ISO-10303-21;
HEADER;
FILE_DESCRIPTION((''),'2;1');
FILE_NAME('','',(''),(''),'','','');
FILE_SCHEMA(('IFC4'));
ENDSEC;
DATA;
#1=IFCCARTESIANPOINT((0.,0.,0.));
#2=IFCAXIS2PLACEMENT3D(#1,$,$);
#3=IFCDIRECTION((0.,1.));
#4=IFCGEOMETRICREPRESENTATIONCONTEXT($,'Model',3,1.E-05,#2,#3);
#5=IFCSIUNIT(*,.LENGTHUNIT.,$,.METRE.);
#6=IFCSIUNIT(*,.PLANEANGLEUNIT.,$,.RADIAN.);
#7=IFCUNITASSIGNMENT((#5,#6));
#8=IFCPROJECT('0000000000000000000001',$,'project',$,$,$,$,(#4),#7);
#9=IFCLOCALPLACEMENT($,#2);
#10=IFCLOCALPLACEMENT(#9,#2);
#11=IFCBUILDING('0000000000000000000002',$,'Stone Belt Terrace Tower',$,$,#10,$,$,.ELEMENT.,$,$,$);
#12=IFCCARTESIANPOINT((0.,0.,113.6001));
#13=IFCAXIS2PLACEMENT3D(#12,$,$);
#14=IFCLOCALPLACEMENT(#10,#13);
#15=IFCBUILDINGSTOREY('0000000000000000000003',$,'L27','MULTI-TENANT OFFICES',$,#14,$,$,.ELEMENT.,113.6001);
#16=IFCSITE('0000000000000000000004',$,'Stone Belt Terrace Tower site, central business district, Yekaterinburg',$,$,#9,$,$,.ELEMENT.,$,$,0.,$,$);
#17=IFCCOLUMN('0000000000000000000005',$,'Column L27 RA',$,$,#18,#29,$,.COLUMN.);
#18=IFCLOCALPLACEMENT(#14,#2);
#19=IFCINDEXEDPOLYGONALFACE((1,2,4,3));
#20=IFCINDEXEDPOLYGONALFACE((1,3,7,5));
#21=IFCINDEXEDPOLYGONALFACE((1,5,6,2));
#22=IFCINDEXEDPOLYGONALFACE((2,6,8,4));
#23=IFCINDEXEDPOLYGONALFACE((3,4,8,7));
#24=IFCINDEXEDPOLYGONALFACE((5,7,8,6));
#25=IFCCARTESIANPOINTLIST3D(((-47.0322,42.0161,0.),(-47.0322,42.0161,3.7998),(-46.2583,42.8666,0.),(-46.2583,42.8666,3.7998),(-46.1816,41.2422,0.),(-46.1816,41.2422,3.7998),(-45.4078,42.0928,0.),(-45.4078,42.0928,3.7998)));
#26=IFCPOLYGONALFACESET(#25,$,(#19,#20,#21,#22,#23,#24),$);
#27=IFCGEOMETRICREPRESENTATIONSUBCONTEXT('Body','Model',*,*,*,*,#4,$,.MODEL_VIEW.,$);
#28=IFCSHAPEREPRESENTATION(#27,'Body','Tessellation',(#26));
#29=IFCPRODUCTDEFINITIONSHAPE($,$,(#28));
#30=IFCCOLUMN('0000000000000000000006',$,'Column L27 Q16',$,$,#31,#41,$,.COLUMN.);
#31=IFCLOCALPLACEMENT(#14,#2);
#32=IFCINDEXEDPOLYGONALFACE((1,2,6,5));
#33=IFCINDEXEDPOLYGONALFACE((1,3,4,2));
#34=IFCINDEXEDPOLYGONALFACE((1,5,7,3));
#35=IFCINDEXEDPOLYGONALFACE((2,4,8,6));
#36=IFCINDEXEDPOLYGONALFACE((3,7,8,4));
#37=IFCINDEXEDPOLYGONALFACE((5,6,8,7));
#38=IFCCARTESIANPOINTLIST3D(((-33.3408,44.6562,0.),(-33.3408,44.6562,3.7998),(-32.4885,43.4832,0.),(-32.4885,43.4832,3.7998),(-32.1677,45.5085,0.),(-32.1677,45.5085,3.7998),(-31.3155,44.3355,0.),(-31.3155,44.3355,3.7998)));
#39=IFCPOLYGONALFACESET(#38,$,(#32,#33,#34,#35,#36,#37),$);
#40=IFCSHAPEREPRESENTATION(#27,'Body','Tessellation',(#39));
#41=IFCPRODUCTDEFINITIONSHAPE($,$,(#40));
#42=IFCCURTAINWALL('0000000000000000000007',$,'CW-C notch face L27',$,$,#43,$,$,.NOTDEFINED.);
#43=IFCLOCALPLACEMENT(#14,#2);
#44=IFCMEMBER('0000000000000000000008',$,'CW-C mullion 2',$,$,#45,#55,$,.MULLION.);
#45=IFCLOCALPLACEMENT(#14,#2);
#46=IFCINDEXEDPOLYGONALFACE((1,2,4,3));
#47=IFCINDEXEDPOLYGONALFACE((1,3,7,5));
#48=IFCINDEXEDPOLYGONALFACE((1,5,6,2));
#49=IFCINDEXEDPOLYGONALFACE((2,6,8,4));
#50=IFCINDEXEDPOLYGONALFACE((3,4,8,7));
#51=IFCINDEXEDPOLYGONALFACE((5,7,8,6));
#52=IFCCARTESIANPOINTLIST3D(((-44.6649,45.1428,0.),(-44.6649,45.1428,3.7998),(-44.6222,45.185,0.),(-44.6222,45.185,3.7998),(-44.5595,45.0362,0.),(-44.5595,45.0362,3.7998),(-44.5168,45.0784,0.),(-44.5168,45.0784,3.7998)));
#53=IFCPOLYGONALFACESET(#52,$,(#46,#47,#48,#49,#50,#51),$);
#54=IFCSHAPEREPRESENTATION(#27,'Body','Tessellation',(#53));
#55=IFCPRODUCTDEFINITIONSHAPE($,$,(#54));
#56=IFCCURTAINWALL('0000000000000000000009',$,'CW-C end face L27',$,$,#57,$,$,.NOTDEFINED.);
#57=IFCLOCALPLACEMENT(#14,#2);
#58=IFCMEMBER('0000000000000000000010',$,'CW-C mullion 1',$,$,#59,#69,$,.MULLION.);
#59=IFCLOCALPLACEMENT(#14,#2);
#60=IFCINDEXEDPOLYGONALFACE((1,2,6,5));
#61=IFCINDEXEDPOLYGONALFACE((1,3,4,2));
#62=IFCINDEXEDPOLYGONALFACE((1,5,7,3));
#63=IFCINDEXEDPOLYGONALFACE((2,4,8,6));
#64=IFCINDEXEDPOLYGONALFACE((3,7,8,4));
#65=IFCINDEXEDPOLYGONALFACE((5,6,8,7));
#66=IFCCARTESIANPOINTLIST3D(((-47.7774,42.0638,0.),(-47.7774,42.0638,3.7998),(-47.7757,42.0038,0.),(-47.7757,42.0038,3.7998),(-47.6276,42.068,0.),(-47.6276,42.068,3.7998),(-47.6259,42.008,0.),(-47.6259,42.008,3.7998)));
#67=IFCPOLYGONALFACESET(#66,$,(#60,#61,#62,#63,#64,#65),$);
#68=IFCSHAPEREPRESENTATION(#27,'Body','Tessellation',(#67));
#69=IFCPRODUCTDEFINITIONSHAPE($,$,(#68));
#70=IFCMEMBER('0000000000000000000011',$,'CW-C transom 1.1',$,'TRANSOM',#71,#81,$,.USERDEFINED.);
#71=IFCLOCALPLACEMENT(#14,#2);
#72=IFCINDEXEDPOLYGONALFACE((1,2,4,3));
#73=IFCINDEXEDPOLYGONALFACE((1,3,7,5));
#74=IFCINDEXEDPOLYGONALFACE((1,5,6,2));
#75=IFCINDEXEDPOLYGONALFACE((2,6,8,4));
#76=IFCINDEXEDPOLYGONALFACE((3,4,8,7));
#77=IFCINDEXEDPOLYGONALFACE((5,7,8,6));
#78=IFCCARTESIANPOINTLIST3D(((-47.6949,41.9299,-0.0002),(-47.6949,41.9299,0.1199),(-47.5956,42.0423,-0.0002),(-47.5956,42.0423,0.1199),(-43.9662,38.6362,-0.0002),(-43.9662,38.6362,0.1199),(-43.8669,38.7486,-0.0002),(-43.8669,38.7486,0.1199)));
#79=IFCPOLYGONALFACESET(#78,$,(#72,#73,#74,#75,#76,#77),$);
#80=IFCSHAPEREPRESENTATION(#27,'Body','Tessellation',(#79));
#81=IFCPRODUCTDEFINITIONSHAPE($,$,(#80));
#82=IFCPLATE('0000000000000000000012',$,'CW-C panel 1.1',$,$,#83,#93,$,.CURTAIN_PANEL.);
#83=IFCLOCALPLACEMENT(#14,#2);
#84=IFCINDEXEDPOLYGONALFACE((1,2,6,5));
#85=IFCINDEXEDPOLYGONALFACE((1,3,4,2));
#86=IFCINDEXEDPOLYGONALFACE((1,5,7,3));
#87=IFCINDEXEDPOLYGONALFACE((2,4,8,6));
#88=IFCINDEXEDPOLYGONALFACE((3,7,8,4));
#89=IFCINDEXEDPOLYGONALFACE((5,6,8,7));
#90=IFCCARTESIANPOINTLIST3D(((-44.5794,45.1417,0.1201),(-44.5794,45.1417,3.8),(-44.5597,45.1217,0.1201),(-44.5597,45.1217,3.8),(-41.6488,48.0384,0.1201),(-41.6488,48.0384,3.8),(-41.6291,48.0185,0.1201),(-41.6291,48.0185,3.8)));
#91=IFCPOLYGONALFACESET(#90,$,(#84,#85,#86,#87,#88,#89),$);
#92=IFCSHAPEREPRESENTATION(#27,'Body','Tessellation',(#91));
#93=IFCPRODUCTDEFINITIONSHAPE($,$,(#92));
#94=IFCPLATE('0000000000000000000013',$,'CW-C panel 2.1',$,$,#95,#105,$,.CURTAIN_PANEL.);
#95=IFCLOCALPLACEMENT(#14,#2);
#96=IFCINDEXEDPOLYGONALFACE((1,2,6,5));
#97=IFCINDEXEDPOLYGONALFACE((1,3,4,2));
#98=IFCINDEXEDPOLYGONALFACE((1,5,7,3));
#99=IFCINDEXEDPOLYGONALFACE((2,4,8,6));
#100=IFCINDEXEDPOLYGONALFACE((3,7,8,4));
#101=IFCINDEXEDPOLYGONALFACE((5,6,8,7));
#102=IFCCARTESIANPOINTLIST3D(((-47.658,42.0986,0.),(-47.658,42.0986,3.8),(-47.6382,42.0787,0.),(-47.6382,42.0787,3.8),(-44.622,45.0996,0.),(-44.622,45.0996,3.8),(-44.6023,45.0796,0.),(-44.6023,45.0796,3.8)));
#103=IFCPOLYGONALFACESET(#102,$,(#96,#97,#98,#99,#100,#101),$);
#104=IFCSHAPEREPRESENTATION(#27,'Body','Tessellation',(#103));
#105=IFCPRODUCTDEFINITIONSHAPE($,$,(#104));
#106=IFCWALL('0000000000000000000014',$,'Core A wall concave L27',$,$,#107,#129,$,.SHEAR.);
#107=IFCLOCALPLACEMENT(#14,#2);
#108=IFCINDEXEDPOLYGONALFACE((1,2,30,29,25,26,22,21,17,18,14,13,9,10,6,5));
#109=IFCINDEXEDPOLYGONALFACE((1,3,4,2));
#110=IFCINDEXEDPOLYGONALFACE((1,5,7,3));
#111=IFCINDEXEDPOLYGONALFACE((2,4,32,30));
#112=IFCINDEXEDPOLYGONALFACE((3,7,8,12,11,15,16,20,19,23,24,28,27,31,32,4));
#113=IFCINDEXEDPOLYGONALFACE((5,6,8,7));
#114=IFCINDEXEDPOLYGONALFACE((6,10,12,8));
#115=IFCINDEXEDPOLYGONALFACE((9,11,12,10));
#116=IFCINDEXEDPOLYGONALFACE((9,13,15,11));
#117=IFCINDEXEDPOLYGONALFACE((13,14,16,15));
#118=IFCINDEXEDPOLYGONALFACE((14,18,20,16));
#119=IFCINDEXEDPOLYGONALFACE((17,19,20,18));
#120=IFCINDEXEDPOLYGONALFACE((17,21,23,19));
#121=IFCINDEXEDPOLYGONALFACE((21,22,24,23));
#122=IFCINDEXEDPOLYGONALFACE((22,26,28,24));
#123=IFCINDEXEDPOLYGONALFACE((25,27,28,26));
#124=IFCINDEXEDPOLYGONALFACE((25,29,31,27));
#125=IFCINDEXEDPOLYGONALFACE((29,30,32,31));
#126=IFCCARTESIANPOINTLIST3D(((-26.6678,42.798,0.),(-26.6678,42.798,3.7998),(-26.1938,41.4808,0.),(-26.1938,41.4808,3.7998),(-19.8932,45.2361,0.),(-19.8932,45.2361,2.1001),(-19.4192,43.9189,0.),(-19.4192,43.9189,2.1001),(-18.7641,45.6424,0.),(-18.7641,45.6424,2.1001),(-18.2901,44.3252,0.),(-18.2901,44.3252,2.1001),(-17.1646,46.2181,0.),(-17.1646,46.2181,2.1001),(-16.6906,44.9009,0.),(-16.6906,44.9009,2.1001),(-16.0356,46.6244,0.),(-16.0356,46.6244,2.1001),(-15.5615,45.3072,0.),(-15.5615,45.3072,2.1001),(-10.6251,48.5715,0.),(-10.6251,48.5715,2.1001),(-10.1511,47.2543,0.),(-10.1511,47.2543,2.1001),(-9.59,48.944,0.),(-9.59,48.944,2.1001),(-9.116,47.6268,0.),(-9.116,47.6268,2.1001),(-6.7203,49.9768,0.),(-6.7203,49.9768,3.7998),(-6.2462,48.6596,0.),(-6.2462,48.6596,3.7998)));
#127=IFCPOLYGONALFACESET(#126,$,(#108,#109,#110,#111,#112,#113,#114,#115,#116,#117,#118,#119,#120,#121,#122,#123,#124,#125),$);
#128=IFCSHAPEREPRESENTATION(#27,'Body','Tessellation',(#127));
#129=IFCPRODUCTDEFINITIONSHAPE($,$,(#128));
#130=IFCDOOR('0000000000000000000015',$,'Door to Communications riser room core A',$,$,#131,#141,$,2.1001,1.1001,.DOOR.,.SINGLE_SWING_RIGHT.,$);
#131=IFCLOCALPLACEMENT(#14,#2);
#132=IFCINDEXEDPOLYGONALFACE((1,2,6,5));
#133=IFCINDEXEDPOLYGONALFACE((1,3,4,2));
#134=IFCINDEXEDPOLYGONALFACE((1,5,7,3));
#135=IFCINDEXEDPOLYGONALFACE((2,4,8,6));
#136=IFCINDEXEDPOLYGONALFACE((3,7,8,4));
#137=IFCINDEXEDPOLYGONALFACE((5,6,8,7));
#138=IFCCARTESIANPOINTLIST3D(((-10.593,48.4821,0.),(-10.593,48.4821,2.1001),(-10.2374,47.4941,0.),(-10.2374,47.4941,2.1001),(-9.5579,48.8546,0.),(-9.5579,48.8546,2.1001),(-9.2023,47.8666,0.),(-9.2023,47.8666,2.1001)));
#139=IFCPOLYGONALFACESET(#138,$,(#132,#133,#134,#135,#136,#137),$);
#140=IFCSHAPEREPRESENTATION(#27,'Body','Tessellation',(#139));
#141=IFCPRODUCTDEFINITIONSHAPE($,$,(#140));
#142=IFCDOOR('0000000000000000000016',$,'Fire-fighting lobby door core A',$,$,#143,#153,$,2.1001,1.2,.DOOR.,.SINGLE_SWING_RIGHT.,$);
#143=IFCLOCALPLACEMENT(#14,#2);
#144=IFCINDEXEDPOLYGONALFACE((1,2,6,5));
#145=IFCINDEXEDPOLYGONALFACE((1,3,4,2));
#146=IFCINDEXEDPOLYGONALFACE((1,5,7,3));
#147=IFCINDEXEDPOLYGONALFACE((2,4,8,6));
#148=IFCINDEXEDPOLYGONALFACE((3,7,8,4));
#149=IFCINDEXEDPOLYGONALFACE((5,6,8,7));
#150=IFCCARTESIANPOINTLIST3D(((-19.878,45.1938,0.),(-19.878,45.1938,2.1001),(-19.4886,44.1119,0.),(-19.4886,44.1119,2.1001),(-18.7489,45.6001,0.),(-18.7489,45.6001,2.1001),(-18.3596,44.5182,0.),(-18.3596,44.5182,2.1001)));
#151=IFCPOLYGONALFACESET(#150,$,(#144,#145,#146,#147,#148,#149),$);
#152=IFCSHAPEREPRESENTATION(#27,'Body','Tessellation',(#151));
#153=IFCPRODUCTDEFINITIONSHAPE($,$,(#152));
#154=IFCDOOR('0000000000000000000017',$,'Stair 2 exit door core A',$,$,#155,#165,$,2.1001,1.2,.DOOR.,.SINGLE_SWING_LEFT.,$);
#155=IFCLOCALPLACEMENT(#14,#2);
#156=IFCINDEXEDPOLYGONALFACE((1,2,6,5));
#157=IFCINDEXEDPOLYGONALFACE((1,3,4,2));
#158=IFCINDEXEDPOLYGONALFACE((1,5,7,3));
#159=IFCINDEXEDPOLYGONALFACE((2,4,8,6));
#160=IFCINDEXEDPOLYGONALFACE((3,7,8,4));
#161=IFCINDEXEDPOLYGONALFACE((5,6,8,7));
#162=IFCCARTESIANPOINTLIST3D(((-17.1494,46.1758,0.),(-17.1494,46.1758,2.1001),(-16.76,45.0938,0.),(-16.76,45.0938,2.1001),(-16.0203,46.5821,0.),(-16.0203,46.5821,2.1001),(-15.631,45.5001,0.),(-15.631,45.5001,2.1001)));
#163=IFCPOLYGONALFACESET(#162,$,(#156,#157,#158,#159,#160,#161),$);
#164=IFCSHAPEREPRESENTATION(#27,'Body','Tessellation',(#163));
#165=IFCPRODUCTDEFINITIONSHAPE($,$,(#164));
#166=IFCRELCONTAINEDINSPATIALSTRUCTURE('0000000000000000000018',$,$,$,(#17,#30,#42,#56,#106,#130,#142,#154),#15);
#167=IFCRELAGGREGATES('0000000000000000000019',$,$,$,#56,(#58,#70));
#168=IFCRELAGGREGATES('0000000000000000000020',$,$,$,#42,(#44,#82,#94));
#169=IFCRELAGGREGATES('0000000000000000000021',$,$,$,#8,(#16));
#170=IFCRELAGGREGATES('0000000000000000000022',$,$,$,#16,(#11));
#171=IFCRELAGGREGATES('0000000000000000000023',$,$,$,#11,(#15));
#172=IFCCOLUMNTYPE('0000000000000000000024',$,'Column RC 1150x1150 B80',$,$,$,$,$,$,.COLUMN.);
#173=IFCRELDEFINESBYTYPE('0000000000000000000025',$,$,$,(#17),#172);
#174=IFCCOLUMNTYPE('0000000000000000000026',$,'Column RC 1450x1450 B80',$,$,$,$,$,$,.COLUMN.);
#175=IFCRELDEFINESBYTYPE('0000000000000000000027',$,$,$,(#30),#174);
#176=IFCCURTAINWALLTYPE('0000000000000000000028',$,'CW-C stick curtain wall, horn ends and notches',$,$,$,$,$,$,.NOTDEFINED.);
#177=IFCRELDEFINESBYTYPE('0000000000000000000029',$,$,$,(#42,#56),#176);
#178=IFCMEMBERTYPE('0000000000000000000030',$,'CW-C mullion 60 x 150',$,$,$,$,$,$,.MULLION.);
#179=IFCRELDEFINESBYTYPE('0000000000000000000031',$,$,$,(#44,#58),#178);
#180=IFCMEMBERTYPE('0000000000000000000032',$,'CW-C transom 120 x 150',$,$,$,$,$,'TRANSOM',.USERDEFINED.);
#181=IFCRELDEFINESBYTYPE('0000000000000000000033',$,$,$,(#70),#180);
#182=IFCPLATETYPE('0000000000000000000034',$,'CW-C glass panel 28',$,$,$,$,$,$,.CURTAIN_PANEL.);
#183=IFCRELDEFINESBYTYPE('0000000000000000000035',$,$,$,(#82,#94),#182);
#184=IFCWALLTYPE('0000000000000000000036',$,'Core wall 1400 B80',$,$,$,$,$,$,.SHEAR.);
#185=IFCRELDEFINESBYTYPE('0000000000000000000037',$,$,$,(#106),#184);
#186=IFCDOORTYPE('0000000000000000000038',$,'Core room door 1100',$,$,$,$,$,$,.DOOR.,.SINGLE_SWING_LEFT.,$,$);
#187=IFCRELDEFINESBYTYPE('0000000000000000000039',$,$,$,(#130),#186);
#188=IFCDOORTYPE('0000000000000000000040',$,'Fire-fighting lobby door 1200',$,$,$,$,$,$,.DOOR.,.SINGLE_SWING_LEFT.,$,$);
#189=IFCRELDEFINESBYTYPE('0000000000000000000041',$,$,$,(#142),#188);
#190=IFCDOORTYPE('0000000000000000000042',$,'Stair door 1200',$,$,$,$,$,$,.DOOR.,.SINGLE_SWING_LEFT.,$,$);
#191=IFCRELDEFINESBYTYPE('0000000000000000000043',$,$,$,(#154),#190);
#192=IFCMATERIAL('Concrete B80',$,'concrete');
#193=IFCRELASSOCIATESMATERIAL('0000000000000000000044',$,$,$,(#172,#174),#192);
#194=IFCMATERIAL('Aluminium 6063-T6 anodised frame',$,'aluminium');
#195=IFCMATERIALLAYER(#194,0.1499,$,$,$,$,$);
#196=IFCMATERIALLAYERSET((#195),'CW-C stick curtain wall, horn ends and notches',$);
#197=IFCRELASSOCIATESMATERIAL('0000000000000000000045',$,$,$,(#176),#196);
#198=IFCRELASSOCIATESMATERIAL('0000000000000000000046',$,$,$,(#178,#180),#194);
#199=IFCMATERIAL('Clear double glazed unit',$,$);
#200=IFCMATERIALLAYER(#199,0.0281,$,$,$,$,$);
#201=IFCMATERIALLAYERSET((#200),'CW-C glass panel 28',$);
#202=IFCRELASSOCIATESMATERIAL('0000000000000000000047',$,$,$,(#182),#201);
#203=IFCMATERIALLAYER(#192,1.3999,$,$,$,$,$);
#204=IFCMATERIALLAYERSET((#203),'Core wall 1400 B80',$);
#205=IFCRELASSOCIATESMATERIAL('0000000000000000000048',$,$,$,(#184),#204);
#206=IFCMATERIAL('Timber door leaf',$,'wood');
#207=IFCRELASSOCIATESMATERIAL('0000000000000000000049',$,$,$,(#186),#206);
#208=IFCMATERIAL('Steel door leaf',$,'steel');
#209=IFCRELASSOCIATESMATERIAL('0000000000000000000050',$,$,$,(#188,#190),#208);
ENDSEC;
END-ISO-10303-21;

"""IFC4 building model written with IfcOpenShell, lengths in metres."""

from ifc_helpers import new_model, si_unit, direction, frame, frame_2d, origin, origin_2d, place, context, subcontext, project, spatial, rectangle, extrude, material, layer, layer_set, material_profile, profile_set, type_object, element, fill, aggregate, save


model = new_model("IFC4")

# Units and contexts
model_context = context("Model", 3, precision=1e-05, world=origin(), true_north=direction((0.0, 1.0)))
body_context = subcontext(model_context, "Body", "Model", "MODEL_VIEW")
ifc_project = project(units=[si_unit("LENGTHUNIT", "METRE"), si_unit("PLANEANGLEUNIT", "RADIAN")], contexts=[model_context])

# Site, building, storey
site_placement = place(None, origin())
site = spatial("IfcSite", under=ifc_project, at=site_placement, Name="Stone Belt Terrace Tower site, central business district, Yekaterinburg", CompositionType="ELEMENT", RefElevation=0.0)
building_placement = place(site_placement, origin())
building = spatial("IfcBuilding", under=site, at=building_placement, Name="Stone Belt Terrace Tower", CompositionType="ELEMENT")
storey_placement = place(building_placement, frame((0.0, 0.0, 113.6001)))
storey = spatial("IfcBuildingStorey", under=building, at=storey_placement, Name="L27", Description="MULTI-TENANT OFFICES", CompositionType="ELEMENT", Elevation=113.6001)

# Columns
ifc_material_1 = material(Name="Concrete B80", Category="concrete")
ifc_material_profile_1 = material_profile(ifc_material_1, rectangle(XDim=1.1499, YDim=1.1499, at=origin_2d()), Name="RC 1150x1150")
ifc_profile_set_1 = profile_set([ifc_material_profile_1], Name="Concrete B80")
column_type_1 = type_object("IfcColumnType", Name="Column RC 1150x1150 B80", PredefinedType="COLUMN", material=ifc_profile_set_1)
column_1_placement = place(storey_placement, frame((-46.22, 42.0544, 0.0), z_axis=(0.0, 0.0, 1.0), x_axis=(0.672992, 0.73965, 0.0)))
element("IfcColumn", 1, at=column_1_placement, inside=storey, type_object=column_type_1, Name="Column L27 RA", PredefinedType="COLUMN", context=body_context, shape_type="SweptSolid", body=[
    extrude(rectangle(XDim=1.1499, YDim=1.1499, at=origin_2d()), origin(), (0.0, 0.0, 1.0), 3.7998),
])
ifc_material_profile_2 = material_profile(ifc_material_1, rectangle(XDim=1.45, YDim=1.45, at=origin_2d()), Name="RC 1450x1450")
ifc_profile_set_2 = profile_set([ifc_material_profile_2], Name="Concrete B80")
column_type_2 = type_object("IfcColumnType", Name="Column RC 1450x1450 B80", PredefinedType="COLUMN", material=ifc_profile_set_2)
column_2_placement = place(storey_placement, frame((-32.3281, 44.4958, 0.0), z_axis=(0.0, 0.0, 1.0), x_axis=(0.809017, 0.587785, 0.0)))
element("IfcColumn", 2, at=column_2_placement, inside=storey, type_object=column_type_2, Name="Column L27 Q16", PredefinedType="COLUMN", context=body_context, shape_type="SweptSolid", body=[
    extrude(rectangle(XDim=1.45, YDim=1.45, at=origin_2d()), origin(), (0.0, 0.0, 1.0), 3.7998),
])

# Curtain wall, member
ifc_material_2 = material(Name="Aluminium 6063-T6 anodised frame", Category="aluminium")
ifc_layer_1 = layer(ifc_material_2, 0.1499)
ifc_layer_set_1 = layer_set([ifc_layer_1], Name="CW-C stick curtain wall, horn ends and notches")
curtain_wall_type = type_object("IfcCurtainWallType", Name="CW-C stick curtain wall, horn ends and notches", PredefinedType="NOTDEFINED", material=ifc_layer_set_1)
curtain_wall_1_placement = place(storey_placement, origin())
curtain_wall_1 = element("IfcCurtainWall", 3, at=curtain_wall_1_placement, inside=storey, type_object=curtain_wall_type, Name="CW-C notch face L27", PredefinedType="NOTDEFINED")
ifc_material_profile_3 = material_profile(ifc_material_2, rectangle(XDim=0.1499, YDim=0.0601, at=origin_2d()), Name="Aluminium 6063-T6 60x150")
ifc_profile_set_3 = profile_set([ifc_material_profile_3], Name="Aluminium 6063-T6 anodised frame")
member_type_1 = type_object("IfcMemberType", Name="CW-C mullion 60 x 150", PredefinedType="MULLION", material=ifc_profile_set_3)
member_1_placement = place(storey_placement, frame((-44.5908, 45.1106, 0.0), z_axis=(0.0, 0.0, 1.0), x_axis=(0.702998, -0.711192, 0.0)))
member_1 = element("IfcMember", 4, at=member_1_placement, type_object=member_type_1, Name="CW-C mullion 2", PredefinedType="MULLION", context=body_context, shape_type="SweptSolid", body=[
    extrude(rectangle(XDim=0.1499, YDim=0.0601, at=origin_2d()), origin(), (0.0, 0.0, 1.0), 3.7998),
])

# Curtain wall, members
curtain_wall_2_placement = place(storey_placement, origin())
curtain_wall_2 = element("IfcCurtainWall", 5, at=curtain_wall_2_placement, inside=storey, type_object=curtain_wall_type, Name="CW-C end face L27", PredefinedType="NOTDEFINED")
member_2_placement = place(storey_placement, frame((-47.7017, 42.0359, 0.0), z_axis=(0.0, 0.0, 1.0), x_axis=(0.999607, 0.028036, 0.0)))
member_2 = element("IfcMember", 6, at=member_2_placement, type_object=member_type_1, Name="CW-C mullion 1", PredefinedType="MULLION", context=body_context, shape_type="SweptSolid", body=[
    extrude(rectangle(XDim=0.1499, YDim=0.0601, at=origin_2d()), origin(), (0.0, 0.0, 1.0), 3.7998),
])
ifc_material_profile_4 = material_profile(ifc_material_2, rectangle(XDim=0.1499, YDim=0.1201, at=origin_2d()), Name="Aluminium 6063-T6 150x120")
ifc_profile_set_4 = profile_set([ifc_material_profile_4], Name="Aluminium 6063-T6 anodised frame")
member_type_2 = type_object("IfcMemberType", Name="CW-C transom 120 x 150", ElementType="TRANSOM", PredefinedType="USERDEFINED", material=ifc_profile_set_4)
member_3_placement = place(storey_placement, frame((-47.6453, 41.9861, 0.0598), z_axis=(0.749477, -0.662031, 0.0), x_axis=(0.662031, 0.749477, 0.0)))
member_3 = element("IfcMember", 7, at=member_3_placement, type_object=member_type_2, Name="CW-C transom 1.1", ObjectType="TRANSOM", PredefinedType="USERDEFINED", context=body_context, shape_type="SweptSolid", body=[
    extrude(rectangle(XDim=0.1499, YDim=0.1201, at=origin_2d()), origin(), (0.0, 0.0, 1.0), 4.9751),
])
aggregate(curtain_wall_2, [member_2, member_3])

# Plates
ifc_material_3 = material(Name="Clear double glazed unit")
ifc_layer_2 = layer(ifc_material_3, 0.0281)
ifc_layer_set_2 = layer_set([ifc_layer_2], Name="CW-C glass panel 28")
plate_type = type_object("IfcPlateType", Name="CW-C glass panel 28", PredefinedType="CURTAIN_PANEL", material=ifc_layer_set_2)
plate_1_placement = place(storey_placement, frame((-43.1042, 46.5801, 0.1201), z_axis=(0.0, 0.0, 1.0), x_axis=(-0.711192, -0.702998, 0.0)))
plate_1 = element("IfcPlate", 8, at=plate_1_placement, type_object=plate_type, Name="CW-C panel 1.1", PredefinedType="CURTAIN_PANEL", context=body_context, shape_type="SweptSolid", body=[
    extrude(rectangle(XDim=4.1206, YDim=0.0281, at=origin_2d()), origin(), (0.0, 0.0, 1.0), 3.6799),
])
plate_2_placement = place(storey_placement, frame((-46.1301, 43.5891, 0.0), z_axis=(0.0, 0.0, 1.0), x_axis=(-0.711192, -0.702998, 0.0)))
plate_2 = element("IfcPlate", 9, at=plate_2_placement, type_object=plate_type, Name="CW-C panel 2.1", PredefinedType="CURTAIN_PANEL", context=body_context, shape_type="SweptSolid", body=[
    extrude(rectangle(XDim=4.2688, YDim=0.0281, at=origin_2d()), origin(), (0.0, 0.0, 1.0), 3.8),
])
aggregate(curtain_wall_1, [member_1, plate_1, plate_2])

# Wall, openings, doors
ifc_layer_3 = layer(ifc_material_1, 1.3999)
ifc_layer_set_3 = layer_set([ifc_layer_3], Name="Core wall 1400 B80")
wall_type_1 = type_object("IfcWallType", Name="Core wall 1400 B80", PredefinedType="SHEAR", material=ifc_layer_set_3)
wall_1_placement = place(storey_placement, frame((-26.4309, 42.1394, 0.0), z_axis=(0.0, 0.0, 1.0), x_axis=(0.940923, 0.33862, 0.0)))
wall_1 = element("IfcWall", 10, at=wall_1_placement, inside=storey, type_object=wall_type_1, Name="Core A wall concave L27", PredefinedType="SHEAR", context=body_context, shape_type="SweptSolid", body=[
    extrude(rectangle(XDim=21.2, YDim=1.3999, at=frame_2d((10.6001, 0.0))), origin(), (0.0, 0.0, 1.0), 3.7998),
])
opening_1_placement = place(wall_1_placement, frame((7.2, 0.0, 0.0)))
opening_1 = element("IfcOpeningElement", 11, at=opening_1_placement, cuts=wall_1, PredefinedType="OPENING", context=body_context, shape_type="SweptSolid", body=[
    extrude(rectangle(XDim=1.2, YDim=2.1001, at=frame_2d((0.6001, 1.05))), frame((0.0, 0.71, 0.0), z_axis=(0.0, -1.0, 0.0), x_axis=(1.0, 0.0, 0.0)), (0.0, 0.0, 1.0), 1.4199),
])
opening_2_placement = place(wall_1_placement, frame((10.0999, 0.0, 0.0)))
opening_2 = element("IfcOpeningElement", 12, at=opening_2_placement, cuts=wall_1, PredefinedType="OPENING", context=body_context, shape_type="SweptSolid", body=[
    extrude(rectangle(XDim=1.2, YDim=2.1001, at=frame_2d((0.6001, 1.05))), frame((0.0, 0.71, 0.0), z_axis=(0.0, -1.0, 0.0), x_axis=(1.0, 0.0, 0.0)), (0.0, 0.0, 1.0), 1.4199),
])
opening_3_placement = place(wall_1_placement, frame((17.05, 0.0, 0.0)))
opening_3 = element("IfcOpeningElement", 13, at=opening_3_placement, cuts=wall_1, PredefinedType="OPENING", context=body_context, shape_type="SweptSolid", body=[
    extrude(rectangle(XDim=1.1001, YDim=2.1001, at=frame_2d((0.55, 1.05))), frame((0.0, 0.71, 0.0), z_axis=(0.0, -1.0, 0.0), x_axis=(1.0, 0.0, 0.0)), (0.0, 0.0, 1.0), 1.4199),
])
ifc_material_4 = material(Name="Timber door leaf", Category="wood")
door_type_1 = type_object("IfcDoorType", Name="Core room door 1100", OperationType="SINGLE_SWING_LEFT", PredefinedType="DOOR", material=ifc_material_4)
door_1_placement = place(opening_3_placement, origin())
door_1 = element("IfcDoor", 14, at=door_1_placement, inside=storey, type_object=door_type_1, Name="Door to Communications riser room core A", OperationType="SINGLE_SWING_RIGHT", OverallHeight=2.1001, OverallWidth=1.1001, PredefinedType="DOOR", context=body_context, shape_type="SweptSolid", body=[
    extrude(rectangle(XDim=1.1001, YDim=2.1001, at=frame_2d((0.55, 1.05))), frame((0.0, 0.605, 0.0), z_axis=(0.0, -1.0, 0.0), x_axis=(1.0, 0.0, 0.0)), (0.0, 0.0, 1.0), 1.05),
])
fill(opening_3, door_1)
ifc_material_5 = material(Name="Steel door leaf", Category="steel")
door_type_2 = type_object("IfcDoorType", Name="Fire-fighting lobby door 1200", OperationType="SINGLE_SWING_LEFT", PredefinedType="DOOR", material=ifc_material_5)
door_2_placement = place(opening_1_placement, origin())
door_2 = element("IfcDoor", 15, at=door_2_placement, inside=storey, type_object=door_type_2, Name="Fire-fighting lobby door core A", OperationType="SINGLE_SWING_RIGHT", OverallHeight=2.1001, OverallWidth=1.2, PredefinedType="DOOR", context=body_context, shape_type="SweptSolid", body=[
    extrude(rectangle(XDim=1.2, YDim=2.1001, at=frame_2d((0.6001, 1.05))), frame((0.0, 0.655, 0.0), z_axis=(0.0, -1.0, 0.0), x_axis=(1.0, 0.0, 0.0)), (0.0, 0.0, 1.0), 1.1499),
])
fill(opening_1, door_2)
door_type_3 = type_object("IfcDoorType", Name="Stair door 1200", OperationType="SINGLE_SWING_LEFT", PredefinedType="DOOR", material=ifc_material_5)
door_3_placement = place(opening_2_placement, origin())
door_3 = element("IfcDoor", 16, at=door_3_placement, inside=storey, type_object=door_type_3, Name="Stair 2 exit door core A", OperationType="SINGLE_SWING_LEFT", OverallHeight=2.1001, OverallWidth=1.2, PredefinedType="DOOR", context=body_context, shape_type="SweptSolid", body=[
    extrude(rectangle(XDim=1.2, YDim=2.1001, at=frame_2d((0.6001, 1.05))), frame((0.0, 0.655, 0.0), z_axis=(0.0, -1.0, 0.0), x_axis=(1.0, 0.0, 0.0)), (0.0, 0.0, 1.0), 1.1499),
])
fill(opening_2, door_3)

save(model, "model.ifc")
